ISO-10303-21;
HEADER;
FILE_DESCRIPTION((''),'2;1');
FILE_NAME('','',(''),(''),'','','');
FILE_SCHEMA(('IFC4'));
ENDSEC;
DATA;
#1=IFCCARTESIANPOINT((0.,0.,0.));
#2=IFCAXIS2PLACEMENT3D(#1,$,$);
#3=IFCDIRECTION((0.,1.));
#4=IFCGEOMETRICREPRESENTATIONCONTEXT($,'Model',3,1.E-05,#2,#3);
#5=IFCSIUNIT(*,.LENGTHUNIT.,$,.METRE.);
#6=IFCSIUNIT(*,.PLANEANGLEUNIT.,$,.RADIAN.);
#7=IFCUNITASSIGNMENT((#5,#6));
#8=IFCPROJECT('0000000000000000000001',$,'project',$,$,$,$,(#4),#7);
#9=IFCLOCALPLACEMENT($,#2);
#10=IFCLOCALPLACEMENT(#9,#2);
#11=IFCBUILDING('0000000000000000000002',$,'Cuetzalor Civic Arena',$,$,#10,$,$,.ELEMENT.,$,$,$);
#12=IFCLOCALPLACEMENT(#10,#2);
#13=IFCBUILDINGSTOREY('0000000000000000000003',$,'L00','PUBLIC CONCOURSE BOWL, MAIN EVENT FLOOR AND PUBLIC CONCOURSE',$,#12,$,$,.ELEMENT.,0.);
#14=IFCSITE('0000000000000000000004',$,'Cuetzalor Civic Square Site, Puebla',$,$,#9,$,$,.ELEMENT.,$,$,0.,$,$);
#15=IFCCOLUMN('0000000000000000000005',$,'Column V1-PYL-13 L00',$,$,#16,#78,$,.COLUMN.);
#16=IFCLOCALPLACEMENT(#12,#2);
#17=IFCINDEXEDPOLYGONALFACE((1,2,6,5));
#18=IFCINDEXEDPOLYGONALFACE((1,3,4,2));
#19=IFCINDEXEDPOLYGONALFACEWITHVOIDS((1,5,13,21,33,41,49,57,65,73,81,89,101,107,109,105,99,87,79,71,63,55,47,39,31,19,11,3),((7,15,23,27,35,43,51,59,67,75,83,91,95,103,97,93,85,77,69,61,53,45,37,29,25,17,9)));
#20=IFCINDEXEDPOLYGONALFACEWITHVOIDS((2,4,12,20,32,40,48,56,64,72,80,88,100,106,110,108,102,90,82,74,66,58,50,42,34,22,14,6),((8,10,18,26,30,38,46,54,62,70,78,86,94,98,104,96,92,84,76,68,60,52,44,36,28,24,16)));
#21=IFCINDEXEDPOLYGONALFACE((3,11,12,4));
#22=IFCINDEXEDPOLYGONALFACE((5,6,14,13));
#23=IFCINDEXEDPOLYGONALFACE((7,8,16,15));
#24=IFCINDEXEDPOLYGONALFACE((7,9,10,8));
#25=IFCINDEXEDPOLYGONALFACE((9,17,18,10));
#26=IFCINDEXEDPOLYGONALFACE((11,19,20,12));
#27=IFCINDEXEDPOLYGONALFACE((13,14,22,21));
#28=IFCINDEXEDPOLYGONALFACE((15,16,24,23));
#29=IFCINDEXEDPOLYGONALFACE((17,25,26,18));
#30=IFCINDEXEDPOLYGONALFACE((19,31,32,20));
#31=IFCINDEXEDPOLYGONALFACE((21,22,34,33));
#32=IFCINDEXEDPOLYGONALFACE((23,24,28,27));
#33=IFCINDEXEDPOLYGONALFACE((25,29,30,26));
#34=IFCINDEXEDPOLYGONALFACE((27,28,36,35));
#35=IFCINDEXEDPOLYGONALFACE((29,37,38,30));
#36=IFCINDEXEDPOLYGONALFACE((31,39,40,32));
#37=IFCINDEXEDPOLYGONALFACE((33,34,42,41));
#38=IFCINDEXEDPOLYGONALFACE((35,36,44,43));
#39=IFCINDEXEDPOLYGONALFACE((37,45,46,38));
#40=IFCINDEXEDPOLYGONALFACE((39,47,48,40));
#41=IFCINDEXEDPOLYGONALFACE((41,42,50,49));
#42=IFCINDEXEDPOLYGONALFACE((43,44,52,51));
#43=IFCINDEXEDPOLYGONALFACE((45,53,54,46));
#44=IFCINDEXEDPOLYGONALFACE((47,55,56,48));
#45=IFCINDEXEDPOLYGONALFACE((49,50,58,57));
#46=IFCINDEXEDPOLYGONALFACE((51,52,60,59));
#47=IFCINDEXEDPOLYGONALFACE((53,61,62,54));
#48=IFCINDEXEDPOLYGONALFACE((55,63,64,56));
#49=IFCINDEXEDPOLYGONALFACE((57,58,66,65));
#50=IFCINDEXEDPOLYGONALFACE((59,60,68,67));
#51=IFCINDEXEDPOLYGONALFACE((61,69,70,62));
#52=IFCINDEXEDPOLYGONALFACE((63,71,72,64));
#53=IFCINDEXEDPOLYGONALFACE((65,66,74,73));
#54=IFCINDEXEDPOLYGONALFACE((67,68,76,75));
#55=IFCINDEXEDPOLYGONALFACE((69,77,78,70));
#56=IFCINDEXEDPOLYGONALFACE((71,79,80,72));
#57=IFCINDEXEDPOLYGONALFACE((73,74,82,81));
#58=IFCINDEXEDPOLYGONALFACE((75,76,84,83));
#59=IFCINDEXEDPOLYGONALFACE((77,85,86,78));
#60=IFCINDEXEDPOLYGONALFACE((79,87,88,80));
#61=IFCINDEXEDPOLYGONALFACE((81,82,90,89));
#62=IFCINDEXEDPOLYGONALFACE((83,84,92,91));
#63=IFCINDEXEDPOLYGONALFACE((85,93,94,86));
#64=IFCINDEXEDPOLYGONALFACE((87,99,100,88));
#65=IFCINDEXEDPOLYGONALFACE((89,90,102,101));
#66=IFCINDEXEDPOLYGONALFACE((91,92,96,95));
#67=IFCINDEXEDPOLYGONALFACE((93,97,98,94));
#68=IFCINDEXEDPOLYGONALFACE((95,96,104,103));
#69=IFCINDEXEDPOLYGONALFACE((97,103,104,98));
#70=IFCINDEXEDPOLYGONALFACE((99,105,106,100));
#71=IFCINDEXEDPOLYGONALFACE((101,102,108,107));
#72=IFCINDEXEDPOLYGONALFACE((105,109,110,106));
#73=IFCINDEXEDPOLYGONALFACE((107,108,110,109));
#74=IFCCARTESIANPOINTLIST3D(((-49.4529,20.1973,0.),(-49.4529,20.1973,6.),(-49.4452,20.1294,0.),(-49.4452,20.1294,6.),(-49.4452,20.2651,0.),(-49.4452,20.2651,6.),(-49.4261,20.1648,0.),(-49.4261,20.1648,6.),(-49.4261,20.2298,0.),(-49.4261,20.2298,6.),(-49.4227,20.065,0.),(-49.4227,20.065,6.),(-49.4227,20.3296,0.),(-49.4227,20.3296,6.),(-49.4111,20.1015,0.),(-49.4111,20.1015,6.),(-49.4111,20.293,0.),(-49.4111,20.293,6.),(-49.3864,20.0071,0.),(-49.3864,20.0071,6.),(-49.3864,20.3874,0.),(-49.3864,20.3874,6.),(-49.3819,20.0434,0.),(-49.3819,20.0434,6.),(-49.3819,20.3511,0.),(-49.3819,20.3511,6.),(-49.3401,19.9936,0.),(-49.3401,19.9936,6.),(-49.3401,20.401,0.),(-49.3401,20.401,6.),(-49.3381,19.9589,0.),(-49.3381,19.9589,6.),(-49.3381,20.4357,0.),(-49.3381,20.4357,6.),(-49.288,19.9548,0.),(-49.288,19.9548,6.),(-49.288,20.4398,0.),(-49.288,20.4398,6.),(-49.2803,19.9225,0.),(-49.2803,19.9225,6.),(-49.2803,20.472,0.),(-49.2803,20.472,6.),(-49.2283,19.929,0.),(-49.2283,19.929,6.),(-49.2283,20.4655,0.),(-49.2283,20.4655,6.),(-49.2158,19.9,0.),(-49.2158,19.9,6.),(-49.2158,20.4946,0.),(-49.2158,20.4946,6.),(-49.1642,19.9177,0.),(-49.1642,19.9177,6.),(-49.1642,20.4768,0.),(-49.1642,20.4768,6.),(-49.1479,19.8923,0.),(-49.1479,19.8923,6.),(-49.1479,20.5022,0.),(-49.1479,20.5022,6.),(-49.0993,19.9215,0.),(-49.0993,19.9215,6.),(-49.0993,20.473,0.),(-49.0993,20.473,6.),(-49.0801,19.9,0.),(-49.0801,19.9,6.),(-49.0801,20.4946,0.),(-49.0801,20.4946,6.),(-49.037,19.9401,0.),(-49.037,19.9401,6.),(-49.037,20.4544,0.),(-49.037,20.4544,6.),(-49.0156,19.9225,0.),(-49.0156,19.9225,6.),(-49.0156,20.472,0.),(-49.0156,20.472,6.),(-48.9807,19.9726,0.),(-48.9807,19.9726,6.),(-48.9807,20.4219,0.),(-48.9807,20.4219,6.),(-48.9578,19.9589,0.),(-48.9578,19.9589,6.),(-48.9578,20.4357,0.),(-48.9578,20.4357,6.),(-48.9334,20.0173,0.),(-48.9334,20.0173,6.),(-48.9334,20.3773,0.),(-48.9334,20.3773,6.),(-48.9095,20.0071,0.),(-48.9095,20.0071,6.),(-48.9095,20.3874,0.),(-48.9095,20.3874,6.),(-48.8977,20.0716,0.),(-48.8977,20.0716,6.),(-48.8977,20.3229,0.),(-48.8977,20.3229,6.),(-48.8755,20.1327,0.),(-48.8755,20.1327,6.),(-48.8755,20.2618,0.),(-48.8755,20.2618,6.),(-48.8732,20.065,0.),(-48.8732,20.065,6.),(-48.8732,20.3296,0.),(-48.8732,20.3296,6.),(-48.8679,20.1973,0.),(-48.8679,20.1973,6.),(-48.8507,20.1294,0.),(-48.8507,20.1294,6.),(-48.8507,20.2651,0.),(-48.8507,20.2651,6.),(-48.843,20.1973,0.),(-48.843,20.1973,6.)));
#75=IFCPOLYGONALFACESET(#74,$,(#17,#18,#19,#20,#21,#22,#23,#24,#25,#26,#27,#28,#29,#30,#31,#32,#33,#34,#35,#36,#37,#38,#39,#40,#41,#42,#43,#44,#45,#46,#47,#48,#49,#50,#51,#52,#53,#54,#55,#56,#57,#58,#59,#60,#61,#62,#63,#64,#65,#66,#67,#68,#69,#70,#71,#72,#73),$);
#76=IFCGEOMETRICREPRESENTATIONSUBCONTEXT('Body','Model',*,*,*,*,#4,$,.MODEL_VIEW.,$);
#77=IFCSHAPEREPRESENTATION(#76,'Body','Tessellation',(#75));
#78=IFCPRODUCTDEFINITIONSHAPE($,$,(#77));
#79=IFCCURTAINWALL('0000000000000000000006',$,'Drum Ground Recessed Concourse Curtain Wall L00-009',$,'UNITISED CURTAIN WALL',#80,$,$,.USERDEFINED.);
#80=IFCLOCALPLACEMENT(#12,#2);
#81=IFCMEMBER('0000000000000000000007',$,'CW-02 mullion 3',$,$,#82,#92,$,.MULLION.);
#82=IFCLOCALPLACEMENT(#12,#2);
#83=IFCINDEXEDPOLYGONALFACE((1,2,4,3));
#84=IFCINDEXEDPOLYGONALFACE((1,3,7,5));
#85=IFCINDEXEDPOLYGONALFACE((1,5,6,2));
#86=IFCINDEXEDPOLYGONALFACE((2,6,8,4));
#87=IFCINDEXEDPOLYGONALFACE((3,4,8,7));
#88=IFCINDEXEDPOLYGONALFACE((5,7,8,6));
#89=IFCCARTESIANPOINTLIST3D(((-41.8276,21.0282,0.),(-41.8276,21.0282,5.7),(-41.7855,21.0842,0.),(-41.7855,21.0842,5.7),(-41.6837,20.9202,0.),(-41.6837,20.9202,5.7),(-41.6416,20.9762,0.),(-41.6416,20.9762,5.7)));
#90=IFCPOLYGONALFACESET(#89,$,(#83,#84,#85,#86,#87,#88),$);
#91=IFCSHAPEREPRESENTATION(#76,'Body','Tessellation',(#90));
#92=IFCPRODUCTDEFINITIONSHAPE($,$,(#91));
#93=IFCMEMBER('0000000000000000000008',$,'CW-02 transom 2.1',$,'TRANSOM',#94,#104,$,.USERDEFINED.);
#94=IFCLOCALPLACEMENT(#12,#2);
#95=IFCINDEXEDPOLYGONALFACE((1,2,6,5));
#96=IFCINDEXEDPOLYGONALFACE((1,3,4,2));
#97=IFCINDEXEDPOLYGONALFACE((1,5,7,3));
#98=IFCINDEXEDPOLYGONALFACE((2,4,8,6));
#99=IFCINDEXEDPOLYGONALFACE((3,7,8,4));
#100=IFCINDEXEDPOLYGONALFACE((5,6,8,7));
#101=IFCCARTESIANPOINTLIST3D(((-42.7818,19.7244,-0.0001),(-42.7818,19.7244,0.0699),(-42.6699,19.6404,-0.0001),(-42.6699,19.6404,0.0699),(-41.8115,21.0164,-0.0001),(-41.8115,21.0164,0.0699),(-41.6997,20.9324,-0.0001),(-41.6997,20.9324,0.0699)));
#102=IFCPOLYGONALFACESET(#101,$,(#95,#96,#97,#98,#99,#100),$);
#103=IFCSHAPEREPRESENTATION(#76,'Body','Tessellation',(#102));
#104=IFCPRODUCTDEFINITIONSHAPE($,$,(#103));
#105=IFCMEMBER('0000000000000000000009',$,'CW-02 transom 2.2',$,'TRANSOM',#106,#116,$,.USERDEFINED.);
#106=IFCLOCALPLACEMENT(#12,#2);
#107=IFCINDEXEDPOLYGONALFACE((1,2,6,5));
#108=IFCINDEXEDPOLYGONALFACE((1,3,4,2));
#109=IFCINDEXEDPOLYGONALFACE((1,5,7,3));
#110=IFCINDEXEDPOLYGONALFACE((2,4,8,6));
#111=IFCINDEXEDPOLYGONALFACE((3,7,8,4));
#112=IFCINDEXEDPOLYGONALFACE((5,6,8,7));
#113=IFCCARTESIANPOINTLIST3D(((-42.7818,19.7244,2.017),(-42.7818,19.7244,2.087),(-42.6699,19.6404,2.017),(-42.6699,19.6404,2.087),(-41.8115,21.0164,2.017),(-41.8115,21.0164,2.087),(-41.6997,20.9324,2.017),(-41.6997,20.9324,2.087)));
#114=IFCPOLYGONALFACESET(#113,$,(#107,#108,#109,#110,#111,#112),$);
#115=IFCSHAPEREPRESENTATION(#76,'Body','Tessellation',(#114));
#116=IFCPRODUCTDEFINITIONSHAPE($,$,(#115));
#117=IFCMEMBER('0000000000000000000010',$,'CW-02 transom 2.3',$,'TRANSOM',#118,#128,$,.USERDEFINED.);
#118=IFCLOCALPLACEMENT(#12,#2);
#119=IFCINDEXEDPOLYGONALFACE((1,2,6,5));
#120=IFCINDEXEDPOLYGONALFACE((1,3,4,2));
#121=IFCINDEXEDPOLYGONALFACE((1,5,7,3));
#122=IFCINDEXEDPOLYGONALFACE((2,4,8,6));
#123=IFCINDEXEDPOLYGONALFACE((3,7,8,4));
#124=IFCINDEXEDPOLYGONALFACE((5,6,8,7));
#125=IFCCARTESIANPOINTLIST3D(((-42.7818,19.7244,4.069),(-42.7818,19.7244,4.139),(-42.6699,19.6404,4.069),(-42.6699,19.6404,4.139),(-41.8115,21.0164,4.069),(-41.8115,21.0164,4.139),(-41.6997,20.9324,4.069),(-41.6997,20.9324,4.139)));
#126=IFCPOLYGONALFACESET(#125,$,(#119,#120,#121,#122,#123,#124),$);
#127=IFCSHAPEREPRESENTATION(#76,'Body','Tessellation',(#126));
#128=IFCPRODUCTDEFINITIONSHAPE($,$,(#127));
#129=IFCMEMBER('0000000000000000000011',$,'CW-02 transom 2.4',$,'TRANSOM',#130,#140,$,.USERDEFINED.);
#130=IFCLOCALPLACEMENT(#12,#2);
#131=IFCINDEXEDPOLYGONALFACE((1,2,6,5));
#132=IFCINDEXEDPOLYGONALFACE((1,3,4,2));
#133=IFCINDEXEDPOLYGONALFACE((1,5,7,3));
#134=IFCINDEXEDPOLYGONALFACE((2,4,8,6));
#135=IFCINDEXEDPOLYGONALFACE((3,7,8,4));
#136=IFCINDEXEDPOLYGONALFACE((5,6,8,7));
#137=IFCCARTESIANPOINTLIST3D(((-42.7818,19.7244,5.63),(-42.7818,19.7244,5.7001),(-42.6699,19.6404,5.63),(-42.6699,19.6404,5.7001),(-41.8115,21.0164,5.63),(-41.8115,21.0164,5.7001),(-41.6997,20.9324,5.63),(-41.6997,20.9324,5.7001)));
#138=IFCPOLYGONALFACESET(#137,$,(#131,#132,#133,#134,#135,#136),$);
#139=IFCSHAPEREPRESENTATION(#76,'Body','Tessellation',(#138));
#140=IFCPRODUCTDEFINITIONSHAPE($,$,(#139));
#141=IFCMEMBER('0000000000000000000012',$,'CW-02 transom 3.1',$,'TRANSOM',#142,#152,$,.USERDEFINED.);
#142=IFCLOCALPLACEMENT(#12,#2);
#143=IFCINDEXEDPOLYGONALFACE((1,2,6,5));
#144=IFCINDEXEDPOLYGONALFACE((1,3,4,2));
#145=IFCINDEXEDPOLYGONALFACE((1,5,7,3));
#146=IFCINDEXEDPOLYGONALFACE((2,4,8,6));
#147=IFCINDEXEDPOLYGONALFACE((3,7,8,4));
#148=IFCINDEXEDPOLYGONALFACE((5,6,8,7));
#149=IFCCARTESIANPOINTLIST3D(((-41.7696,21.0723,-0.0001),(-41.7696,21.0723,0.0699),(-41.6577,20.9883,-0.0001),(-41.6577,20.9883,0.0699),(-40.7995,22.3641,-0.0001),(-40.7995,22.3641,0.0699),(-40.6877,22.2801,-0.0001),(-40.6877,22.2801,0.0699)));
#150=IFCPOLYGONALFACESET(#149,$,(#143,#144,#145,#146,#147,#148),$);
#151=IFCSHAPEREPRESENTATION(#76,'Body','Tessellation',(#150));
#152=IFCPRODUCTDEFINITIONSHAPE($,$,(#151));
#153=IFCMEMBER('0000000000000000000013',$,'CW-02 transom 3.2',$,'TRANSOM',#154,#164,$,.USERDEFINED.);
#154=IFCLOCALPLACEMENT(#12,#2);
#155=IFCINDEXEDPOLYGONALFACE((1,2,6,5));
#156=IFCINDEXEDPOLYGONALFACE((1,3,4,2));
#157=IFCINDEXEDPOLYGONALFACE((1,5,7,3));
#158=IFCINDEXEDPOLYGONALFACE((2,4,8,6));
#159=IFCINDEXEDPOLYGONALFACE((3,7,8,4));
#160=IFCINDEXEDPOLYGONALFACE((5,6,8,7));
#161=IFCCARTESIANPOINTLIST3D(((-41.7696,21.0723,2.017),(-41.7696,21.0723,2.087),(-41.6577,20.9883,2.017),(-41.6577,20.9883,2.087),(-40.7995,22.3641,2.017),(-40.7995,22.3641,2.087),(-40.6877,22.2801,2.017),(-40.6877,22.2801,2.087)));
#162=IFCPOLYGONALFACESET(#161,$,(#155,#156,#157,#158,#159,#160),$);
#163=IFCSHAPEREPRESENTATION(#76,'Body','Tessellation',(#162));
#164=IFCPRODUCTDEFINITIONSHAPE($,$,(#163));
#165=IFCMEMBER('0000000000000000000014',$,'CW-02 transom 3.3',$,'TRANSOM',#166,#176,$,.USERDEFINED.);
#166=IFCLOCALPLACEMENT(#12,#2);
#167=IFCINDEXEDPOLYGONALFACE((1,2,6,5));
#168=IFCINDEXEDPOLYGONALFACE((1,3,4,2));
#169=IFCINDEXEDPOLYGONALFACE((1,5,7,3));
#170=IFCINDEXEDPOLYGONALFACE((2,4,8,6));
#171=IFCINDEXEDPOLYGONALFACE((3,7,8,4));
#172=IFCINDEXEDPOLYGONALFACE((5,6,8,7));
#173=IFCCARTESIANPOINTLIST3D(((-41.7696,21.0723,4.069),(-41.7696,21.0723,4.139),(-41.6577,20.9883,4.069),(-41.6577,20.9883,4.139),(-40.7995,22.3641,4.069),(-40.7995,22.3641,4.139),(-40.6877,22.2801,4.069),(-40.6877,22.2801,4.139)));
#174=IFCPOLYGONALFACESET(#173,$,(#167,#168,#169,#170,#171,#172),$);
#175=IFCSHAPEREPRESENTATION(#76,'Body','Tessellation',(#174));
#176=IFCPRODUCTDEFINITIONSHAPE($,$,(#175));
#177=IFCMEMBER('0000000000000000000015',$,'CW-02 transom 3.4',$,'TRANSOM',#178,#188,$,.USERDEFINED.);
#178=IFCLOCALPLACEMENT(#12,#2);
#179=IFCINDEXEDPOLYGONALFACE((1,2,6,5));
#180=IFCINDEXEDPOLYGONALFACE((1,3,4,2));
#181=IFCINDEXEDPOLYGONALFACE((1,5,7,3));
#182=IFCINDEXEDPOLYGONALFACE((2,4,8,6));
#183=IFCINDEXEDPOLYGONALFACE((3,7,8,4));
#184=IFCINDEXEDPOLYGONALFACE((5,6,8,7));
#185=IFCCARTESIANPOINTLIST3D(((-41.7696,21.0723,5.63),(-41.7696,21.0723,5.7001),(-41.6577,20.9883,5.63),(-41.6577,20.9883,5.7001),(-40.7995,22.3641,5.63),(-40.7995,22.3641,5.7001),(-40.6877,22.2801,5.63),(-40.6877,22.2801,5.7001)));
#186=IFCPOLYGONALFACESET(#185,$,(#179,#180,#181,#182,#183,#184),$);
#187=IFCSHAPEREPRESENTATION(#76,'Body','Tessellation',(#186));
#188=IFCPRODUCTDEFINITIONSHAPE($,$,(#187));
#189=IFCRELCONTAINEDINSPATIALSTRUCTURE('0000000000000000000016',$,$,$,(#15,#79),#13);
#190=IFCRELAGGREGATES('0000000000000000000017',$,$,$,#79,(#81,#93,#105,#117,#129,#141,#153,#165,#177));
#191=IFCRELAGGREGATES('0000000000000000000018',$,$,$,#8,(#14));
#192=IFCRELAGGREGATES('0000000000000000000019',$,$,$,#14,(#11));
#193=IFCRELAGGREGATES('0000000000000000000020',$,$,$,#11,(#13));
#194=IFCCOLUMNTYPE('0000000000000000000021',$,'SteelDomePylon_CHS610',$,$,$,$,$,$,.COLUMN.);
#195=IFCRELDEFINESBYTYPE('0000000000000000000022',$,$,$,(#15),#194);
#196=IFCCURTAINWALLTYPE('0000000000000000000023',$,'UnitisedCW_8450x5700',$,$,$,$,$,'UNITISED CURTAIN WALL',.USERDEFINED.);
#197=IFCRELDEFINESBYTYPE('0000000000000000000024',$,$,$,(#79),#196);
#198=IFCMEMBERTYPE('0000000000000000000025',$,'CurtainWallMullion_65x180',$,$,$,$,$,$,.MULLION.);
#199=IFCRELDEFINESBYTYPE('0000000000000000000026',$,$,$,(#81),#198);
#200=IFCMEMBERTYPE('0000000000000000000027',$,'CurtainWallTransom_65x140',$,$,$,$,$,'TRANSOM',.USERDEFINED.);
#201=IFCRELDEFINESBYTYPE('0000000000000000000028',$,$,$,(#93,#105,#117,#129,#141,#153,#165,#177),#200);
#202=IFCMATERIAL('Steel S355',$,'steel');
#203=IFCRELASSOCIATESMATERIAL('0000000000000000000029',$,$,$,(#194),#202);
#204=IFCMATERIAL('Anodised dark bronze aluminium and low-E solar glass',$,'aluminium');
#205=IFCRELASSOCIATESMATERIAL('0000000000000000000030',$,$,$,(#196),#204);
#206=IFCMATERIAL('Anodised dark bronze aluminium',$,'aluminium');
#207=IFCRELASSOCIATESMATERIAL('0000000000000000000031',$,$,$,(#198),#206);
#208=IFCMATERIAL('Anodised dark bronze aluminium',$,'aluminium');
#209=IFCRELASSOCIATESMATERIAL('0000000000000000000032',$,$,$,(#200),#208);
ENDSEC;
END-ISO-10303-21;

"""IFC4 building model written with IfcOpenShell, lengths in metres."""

from ifc_helpers import new_model, si_unit, direction, frame, origin, origin_2d, place, context, subcontext, project, spatial, rectangle, hollow_circle, extrude, material, material_profile, profile_set, type_object, element, aggregate, save


model = new_model("IFC4")

# Units and contexts
model_context = context("Model", 3, precision=1e-05, world=origin(), true_north=direction((0.0, 1.0)))
body_context = subcontext(model_context, "Body", "Model", "MODEL_VIEW")
ifc_project = project(units=[si_unit("LENGTHUNIT", "METRE"), si_unit("PLANEANGLEUNIT", "RADIAN")], contexts=[model_context])

# Site, building, storey
site_placement = place(None, origin())
site = spatial("IfcSite", under=ifc_project, at=site_placement, Name="Cuetzalor Civic Square Site, Puebla", CompositionType="ELEMENT", RefElevation=0.0)
building_placement = place(site_placement, origin())
building = spatial("IfcBuilding", under=site, at=building_placement, Name="Cuetzalor Civic Arena", CompositionType="ELEMENT")
storey_placement = place(building_placement, origin())
storey = spatial("IfcBuildingStorey", under=building, at=storey_placement, Name="L00", Description="PUBLIC CONCOURSE BOWL, MAIN EVENT FLOOR AND PUBLIC CONCOURSE", CompositionType="ELEMENT", Elevation=0.0)

# Column
ifc_material_1 = material(Name="Steel S355", Category="steel")
ifc_material_profile_1 = material_profile(ifc_material_1, hollow_circle(Radius=0.3049, WallThickness=0.0249, at=origin_2d()), Name="CHS 610x25")
ifc_profile_set_1 = profile_set([ifc_material_profile_1], Name="Steel S355")
column_type_1 = type_object("IfcColumnType", Name="SteelDomePylon_CHS610", PredefinedType="COLUMN", material=ifc_profile_set_1)
for number, where, z_axis, x_axis, name in (
    (1, (-49.1479, 20.1973, 0.0), (0.0, 0.0, 1.0), (1.0, 0.0, 0.0), "Column V1-PYL-13 L00"),
):
    element("IfcColumn", number, at=place(storey_placement, frame(where, z_axis=z_axis, x_axis=x_axis)), inside=storey, type_object=column_type_1, Name=name, PredefinedType="COLUMN", context=body_context, shape_type="SweptSolid", body=[
        extrude(hollow_circle(Radius=0.3049, WallThickness=0.0249, at=origin_2d()), origin(), (0.0, 0.0, 1.0), 6.0),
    ])

# Curtain wall, members
ifc_material_2 = material(Name="Anodised dark bronze aluminium and low-E solar glass", Category="aluminium")
curtain_wall_type = type_object("IfcCurtainWallType", Name="UnitisedCW_8450x5700", ElementType="UNITISED CURTAIN WALL", PredefinedType="USERDEFINED", material=ifc_material_2)
curtain_wall_placement = place(storey_placement, origin())
curtain_wall = element("IfcCurtainWall", 2, at=curtain_wall_placement, inside=storey, type_object=curtain_wall_type, Name="Drum Ground Recessed Concourse Curtain Wall L00-009", ObjectType="UNITISED CURTAIN WALL", PredefinedType="USERDEFINED")
ifc_material_3 = material(Name="Anodised dark bronze aluminium", Category="aluminium")
ifc_material_profile_2 = material_profile(ifc_material_3, rectangle(XDim=0.0701, YDim=0.1799, at=origin_2d()), Name="ALU MULLION 70x180")
ifc_profile_set_2 = profile_set([ifc_material_profile_2], Name="Anodised dark bronze aluminium")
member_type_1 = type_object("IfcMemberType", Name="CurtainWallMullion_65x180", PredefinedType="MULLION", material=ifc_profile_set_2)
member_1_placement = place(storey_placement, frame((-41.7346, 21.0022, 0.0), z_axis=(0.0, 0.0, 1.0), x_axis=(0.600492, 0.799631, 0.0)))
member_1 = element("IfcMember", 3, at=member_1_placement, type_object=member_type_1, Name="CW-02 mullion 3", PredefinedType="MULLION", context=body_context, shape_type="SweptSolid", body=[
    extrude(rectangle(XDim=0.0701, YDim=0.1799, at=origin_2d()), origin(), (0.0, 0.0, 1.0), 5.7),
])
ifc_material_4 = material(Name="Anodised dark bronze aluminium", Category="aluminium")
ifc_material_profile_3 = material_profile(ifc_material_4, rectangle(XDim=0.1399, YDim=0.0701, at=origin_2d()), Name="ALU TRANSOM 70x140")
ifc_profile_set_3 = profile_set([ifc_material_profile_3], Name="Anodised dark bronze aluminium")
member_type_2 = type_object("IfcMemberType", Name="CurtainWallTransom_65x140", ElementType="TRANSOM", PredefinedType="USERDEFINED", material=ifc_profile_set_3)
member_2_placement = place(storey_placement, frame((-42.7258, 19.6824, 0.0349), z_axis=(0.600483, 0.799637, 0.0), x_axis=(-0.799637, 0.600483, 0.0)))
member_2 = element("IfcMember", 4, at=member_2_placement, type_object=member_type_2, Name="CW-02 transom 2.1", ObjectType="TRANSOM", PredefinedType="USERDEFINED", context=body_context, shape_type="SweptSolid", body=[
    extrude(rectangle(XDim=0.1399, YDim=0.0701, at=origin_2d()), origin(), (0.0, 0.0, 1.0), 1.6157),
])
member_3_placement = place(storey_placement, frame((-42.7258, 19.6824, 2.052), z_axis=(0.600483, 0.799637, 0.0), x_axis=(-0.799637, 0.600483, 0.0)))
member_3 = element("IfcMember", 5, at=member_3_placement, type_object=member_type_2, Name="CW-02 transom 2.2", ObjectType="TRANSOM", PredefinedType="USERDEFINED", context=body_context, shape_type="SweptSolid", body=[
    extrude(rectangle(XDim=0.1399, YDim=0.0701, at=origin_2d()), origin(), (0.0, 0.0, 1.0), 1.6157),
])
member_4_placement = place(storey_placement, frame((-42.7258, 19.6824, 4.104), z_axis=(0.600483, 0.799637, 0.0), x_axis=(-0.799637, 0.600483, 0.0)))
member_4 = element("IfcMember", 6, at=member_4_placement, type_object=member_type_2, Name="CW-02 transom 2.3", ObjectType="TRANSOM", PredefinedType="USERDEFINED", context=body_context, shape_type="SweptSolid", body=[
    extrude(rectangle(XDim=0.1399, YDim=0.0701, at=origin_2d()), origin(), (0.0, 0.0, 1.0), 1.6157),
])
member_5_placement = place(storey_placement, frame((-42.7258, 19.6824, 5.665), z_axis=(0.600483, 0.799637, 0.0), x_axis=(-0.799637, 0.600483, 0.0)))
member_5 = element("IfcMember", 7, at=member_5_placement, type_object=member_type_2, Name="CW-02 transom 2.4", ObjectType="TRANSOM", PredefinedType="USERDEFINED", context=body_context, shape_type="SweptSolid", body=[
    extrude(rectangle(XDim=0.1399, YDim=0.0701, at=origin_2d()), origin(), (0.0, 0.0, 1.0), 1.6157),
])
member_6_placement = place(storey_placement, frame((-41.7136, 21.0303, 0.0349), z_axis=(0.600459, 0.799655, 0.0), x_axis=(-0.799655, 0.600459, 0.0)))
member_6 = element("IfcMember", 8, at=member_6_placement, type_object=member_type_2, Name="CW-02 transom 3.1", ObjectType="TRANSOM", PredefinedType="USERDEFINED", context=body_context, shape_type="SweptSolid", body=[
    extrude(rectangle(XDim=0.1399, YDim=0.0701, at=origin_2d()), origin(), (0.0, 0.0, 1.0), 1.6155),
])
member_7_placement = place(storey_placement, frame((-41.7136, 21.0303, 2.052), z_axis=(0.600459, 0.799655, 0.0), x_axis=(-0.799655, 0.600459, 0.0)))
member_7 = element("IfcMember", 9, at=member_7_placement, type_object=member_type_2, Name="CW-02 transom 3.2", ObjectType="TRANSOM", PredefinedType="USERDEFINED", context=body_context, shape_type="SweptSolid", body=[
    extrude(rectangle(XDim=0.1399, YDim=0.0701, at=origin_2d()), origin(), (0.0, 0.0, 1.0), 1.6155),
])
member_8_placement = place(storey_placement, frame((-41.7136, 21.0303, 4.104), z_axis=(0.600459, 0.799655, 0.0), x_axis=(-0.799655, 0.600459, 0.0)))
member_8 = element("IfcMember", 10, at=member_8_placement, type_object=member_type_2, Name="CW-02 transom 3.3", ObjectType="TRANSOM", PredefinedType="USERDEFINED", context=body_context, shape_type="SweptSolid", body=[
    extrude(rectangle(XDim=0.1399, YDim=0.0701, at=origin_2d()), origin(), (0.0, 0.0, 1.0), 1.6155),
])
member_9_placement = place(storey_placement, frame((-41.7136, 21.0303, 5.665), z_axis=(0.600459, 0.799655, 0.0), x_axis=(-0.799655, 0.600459, 0.0)))
member_9 = element("IfcMember", 11, at=member_9_placement, type_object=member_type_2, Name="CW-02 transom 3.4", ObjectType="TRANSOM", PredefinedType="USERDEFINED", context=body_context, shape_type="SweptSolid", body=[
    extrude(rectangle(XDim=0.1399, YDim=0.0701, at=origin_2d()), origin(), (0.0, 0.0, 1.0), 1.6155),
])

aggregate(curtain_wall, [member_1, member_2, member_3, member_4, member_5, member_6, member_7, member_8, member_9])

save(model, "model.ifc")
